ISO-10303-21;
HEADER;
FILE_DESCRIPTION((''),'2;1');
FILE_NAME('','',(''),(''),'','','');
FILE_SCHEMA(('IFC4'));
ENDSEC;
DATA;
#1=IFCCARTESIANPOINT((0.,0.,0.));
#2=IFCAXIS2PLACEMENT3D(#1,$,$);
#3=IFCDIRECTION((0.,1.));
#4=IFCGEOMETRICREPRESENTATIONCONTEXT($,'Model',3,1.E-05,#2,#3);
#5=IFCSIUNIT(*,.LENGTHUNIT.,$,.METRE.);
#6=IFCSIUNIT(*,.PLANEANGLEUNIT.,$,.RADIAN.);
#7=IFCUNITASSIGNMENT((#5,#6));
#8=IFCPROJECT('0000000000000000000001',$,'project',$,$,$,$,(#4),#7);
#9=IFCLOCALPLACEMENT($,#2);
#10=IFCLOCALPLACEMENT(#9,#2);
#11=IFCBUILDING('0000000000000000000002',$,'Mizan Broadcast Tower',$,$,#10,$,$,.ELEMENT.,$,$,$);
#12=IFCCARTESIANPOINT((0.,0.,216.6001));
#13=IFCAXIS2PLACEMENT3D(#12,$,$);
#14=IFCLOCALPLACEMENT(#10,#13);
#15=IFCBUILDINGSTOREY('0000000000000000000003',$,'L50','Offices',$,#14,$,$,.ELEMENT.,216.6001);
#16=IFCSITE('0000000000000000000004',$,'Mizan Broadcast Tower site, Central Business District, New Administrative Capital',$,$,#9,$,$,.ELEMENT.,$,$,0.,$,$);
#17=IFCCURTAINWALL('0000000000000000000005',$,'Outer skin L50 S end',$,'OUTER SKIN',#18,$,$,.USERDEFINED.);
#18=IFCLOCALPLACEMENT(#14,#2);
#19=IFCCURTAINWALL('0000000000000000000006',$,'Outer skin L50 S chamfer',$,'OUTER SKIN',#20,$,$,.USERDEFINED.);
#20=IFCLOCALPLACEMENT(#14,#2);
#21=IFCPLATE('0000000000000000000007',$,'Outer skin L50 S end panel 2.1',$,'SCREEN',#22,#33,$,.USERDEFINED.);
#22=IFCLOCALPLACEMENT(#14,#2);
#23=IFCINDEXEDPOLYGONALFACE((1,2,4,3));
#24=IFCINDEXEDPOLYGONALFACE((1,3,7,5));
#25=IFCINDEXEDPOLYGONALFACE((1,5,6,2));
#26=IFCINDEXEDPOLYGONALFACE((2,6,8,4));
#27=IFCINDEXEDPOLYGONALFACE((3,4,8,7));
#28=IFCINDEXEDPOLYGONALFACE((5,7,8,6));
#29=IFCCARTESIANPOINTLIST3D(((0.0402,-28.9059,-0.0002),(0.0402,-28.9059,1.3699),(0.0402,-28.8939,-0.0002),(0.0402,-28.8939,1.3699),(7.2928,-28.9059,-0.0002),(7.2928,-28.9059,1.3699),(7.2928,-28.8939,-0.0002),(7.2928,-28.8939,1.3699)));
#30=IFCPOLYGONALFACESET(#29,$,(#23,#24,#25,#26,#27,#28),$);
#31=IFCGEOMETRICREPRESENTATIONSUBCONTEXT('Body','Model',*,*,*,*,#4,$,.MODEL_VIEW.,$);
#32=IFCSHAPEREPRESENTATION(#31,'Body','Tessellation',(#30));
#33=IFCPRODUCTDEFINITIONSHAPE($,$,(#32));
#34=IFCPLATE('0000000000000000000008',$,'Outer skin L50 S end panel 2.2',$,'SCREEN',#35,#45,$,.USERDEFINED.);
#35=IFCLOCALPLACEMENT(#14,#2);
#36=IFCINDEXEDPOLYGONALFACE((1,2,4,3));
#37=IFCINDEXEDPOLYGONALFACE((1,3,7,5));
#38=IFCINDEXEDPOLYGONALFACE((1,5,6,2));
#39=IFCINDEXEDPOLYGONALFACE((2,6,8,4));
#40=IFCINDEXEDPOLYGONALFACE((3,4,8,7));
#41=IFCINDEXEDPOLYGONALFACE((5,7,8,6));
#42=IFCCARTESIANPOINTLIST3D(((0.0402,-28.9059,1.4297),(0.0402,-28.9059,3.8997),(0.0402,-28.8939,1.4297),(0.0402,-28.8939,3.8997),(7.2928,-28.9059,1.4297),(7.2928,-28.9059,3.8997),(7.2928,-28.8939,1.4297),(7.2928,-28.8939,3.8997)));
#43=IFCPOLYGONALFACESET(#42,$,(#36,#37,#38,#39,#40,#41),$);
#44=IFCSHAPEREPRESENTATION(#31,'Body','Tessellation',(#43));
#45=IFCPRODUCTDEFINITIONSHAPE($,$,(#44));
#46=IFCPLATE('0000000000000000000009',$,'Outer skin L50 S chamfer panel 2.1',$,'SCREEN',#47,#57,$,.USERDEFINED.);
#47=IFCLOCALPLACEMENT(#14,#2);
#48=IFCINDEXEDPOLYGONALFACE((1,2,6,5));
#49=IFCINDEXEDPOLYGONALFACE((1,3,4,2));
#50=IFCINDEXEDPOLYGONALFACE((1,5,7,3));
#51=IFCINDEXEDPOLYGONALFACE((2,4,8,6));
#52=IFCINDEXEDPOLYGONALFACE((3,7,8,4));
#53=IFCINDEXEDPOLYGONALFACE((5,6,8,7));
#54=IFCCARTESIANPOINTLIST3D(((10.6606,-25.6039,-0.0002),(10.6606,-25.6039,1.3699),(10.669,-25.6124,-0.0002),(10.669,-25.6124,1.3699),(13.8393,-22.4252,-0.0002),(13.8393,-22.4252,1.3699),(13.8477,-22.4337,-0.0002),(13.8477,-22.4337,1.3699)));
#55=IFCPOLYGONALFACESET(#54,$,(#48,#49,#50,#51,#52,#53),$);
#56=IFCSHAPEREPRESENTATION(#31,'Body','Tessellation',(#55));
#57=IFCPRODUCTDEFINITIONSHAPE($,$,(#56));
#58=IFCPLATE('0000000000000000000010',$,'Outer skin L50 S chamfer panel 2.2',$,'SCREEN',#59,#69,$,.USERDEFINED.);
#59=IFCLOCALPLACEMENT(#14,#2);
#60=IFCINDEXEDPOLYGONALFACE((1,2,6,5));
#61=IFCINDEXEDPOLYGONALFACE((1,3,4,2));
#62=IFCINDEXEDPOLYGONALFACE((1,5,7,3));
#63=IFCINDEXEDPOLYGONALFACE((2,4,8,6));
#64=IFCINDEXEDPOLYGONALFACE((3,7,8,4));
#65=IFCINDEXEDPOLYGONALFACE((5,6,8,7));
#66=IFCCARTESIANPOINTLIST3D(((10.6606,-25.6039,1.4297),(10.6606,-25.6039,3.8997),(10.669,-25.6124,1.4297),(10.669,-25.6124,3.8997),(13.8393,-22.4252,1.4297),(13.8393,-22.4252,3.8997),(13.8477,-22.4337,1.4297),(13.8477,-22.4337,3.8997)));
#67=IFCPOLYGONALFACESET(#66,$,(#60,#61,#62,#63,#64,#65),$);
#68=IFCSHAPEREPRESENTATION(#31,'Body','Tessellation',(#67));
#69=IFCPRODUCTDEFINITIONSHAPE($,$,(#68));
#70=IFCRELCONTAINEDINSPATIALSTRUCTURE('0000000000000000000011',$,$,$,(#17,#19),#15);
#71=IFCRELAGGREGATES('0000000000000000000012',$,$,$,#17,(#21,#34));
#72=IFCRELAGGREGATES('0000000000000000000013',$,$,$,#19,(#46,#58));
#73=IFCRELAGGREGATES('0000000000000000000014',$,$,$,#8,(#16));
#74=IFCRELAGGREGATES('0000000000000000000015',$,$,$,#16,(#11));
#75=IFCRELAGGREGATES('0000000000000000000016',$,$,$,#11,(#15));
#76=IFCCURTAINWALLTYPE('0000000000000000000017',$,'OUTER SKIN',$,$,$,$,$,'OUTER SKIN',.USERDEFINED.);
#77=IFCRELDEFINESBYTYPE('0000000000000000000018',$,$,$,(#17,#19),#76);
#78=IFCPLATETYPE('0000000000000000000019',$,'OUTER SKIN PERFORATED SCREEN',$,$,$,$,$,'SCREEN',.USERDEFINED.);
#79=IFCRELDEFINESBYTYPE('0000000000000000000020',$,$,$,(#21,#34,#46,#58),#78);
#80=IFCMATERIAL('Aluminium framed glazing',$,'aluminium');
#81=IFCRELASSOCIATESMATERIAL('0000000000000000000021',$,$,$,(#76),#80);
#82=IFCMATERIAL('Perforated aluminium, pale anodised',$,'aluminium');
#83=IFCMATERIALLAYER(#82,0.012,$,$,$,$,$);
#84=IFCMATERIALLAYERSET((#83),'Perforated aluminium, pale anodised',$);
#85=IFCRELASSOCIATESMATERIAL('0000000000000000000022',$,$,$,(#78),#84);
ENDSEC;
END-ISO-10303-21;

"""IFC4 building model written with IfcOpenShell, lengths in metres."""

from ifc_helpers import new_model, si_unit, direction, frame, origin, origin_2d, place, context, subcontext, project, spatial, rectangle, extrude, material, layer, layer_set, type_object, element, aggregate, save


model = new_model("IFC4")

# Units and contexts
model_context = context("Model", 3, precision=1e-05, world=origin(), true_north=direction((0.0, 1.0)))
body_context = subcontext(model_context, "Body", "Model", "MODEL_VIEW")
ifc_project = project(units=[si_unit("LENGTHUNIT", "METRE"), si_unit("PLANEANGLEUNIT", "RADIAN")], contexts=[model_context])

# Site, building, storey
site_placement = place(None, origin())
site = spatial("IfcSite", under=ifc_project, at=site_placement, Name="Mizan Broadcast Tower site, Central Business District, New Administrative Capital", CompositionType="ELEMENT", RefElevation=0.0)
building_placement = place(site_placement, origin())
building = spatial("IfcBuilding", under=site, at=building_placement, Name="Mizan Broadcast Tower", CompositionType="ELEMENT")
storey_placement = place(building_placement, frame((0.0, 0.0, 216.6001)))
storey = spatial("IfcBuildingStorey", under=building, at=storey_placement, Name="L50", Description="Offices", CompositionType="ELEMENT", Elevation=216.6001)

# Curtain wall
ifc_material_1 = material(Name="Aluminium framed glazing", Category="aluminium")
curtain_wall_type_1 = type_object("IfcCurtainWallType", Name="OUTER SKIN", ElementType="OUTER SKIN", PredefinedType="USERDEFINED", material=ifc_material_1)
curtain_wall_1_placement = place(storey_placement, origin())
curtain_wall_1 = element("IfcCurtainWall", 1, at=curtain_wall_1_placement, inside=storey, type_object=curtain_wall_type_1, Name="Outer skin L50 S end", ObjectType="OUTER SKIN", PredefinedType="USERDEFINED")

# Curtain wall
curtain_wall_2_placement = place(storey_placement, origin())
curtain_wall_2 = element("IfcCurtainWall", 2, at=curtain_wall_2_placement, inside=storey, type_object=curtain_wall_type_1, Name="Outer skin L50 S chamfer", ObjectType="OUTER SKIN", PredefinedType="USERDEFINED")

# Plates
ifc_material_2 = material(Name="Perforated aluminium, pale anodised", Category="aluminium")
ifc_layer_1 = layer(ifc_material_2, 0.012)
ifc_layer_set_1 = layer_set([ifc_layer_1], Name="Perforated aluminium, pale anodised")
plate_type_1 = type_object("IfcPlateType", Name="OUTER SKIN PERFORATED SCREEN", ElementType="SCREEN", PredefinedType="USERDEFINED", material=ifc_layer_set_1)
plate_1_placement = place(storey_placement, frame((3.6665, -28.8999, -0.0002), z_axis=(0.0, 0.0, 1.0), x_axis=(1.0, 0.0, 0.0)))
plate_1 = element("IfcPlate", 3, at=plate_1_placement, type_object=plate_type_1, Name="Outer skin L50 S end panel 2.1", ObjectType="SCREEN", PredefinedType="USERDEFINED", context=body_context, shape_type="SweptSolid", body=[
    extrude(rectangle(XDim=7.2527, YDim=0.012, at=origin_2d()), origin(), (0.0, 0.0, 1.0), 1.3701),
])
plate_2_placement = place(storey_placement, frame((3.6665, -28.8999, 1.4297), z_axis=(0.0, 0.0, 1.0), x_axis=(1.0, 0.0, 0.0)))
plate_2 = element("IfcPlate", 4, at=plate_2_placement, type_object=plate_type_1, Name="Outer skin L50 S end panel 2.2", ObjectType="SCREEN", PredefinedType="USERDEFINED", context=body_context, shape_type="SweptSolid", body=[
    extrude(rectangle(XDim=7.2527, YDim=0.012, at=origin_2d()), origin(), (0.0, 0.0, 1.0), 2.47),
])
aggregate(curtain_wall_1, [plate_1, plate_2])
plate_3_placement = place(storey_placement, frame((12.2542, -24.0188, -0.0002), z_axis=(0.0, 0.0, 1.0), x_axis=(0.707107, 0.707107, 0.0)))
plate_3 = element("IfcPlate", 5, at=plate_3_placement, type_object=plate_type_1, Name="Outer skin L50 S chamfer panel 2.1", ObjectType="SCREEN", PredefinedType="USERDEFINED", context=body_context, shape_type="SweptSolid", body=[
    extrude(rectangle(XDim=4.4954, YDim=0.012, at=origin_2d()), origin(), (0.0, 0.0, 1.0), 1.3701),
])
plate_4_placement = place(storey_placement, frame((12.2542, -24.0188, 1.4297), z_axis=(0.0, 0.0, 1.0), x_axis=(0.707107, 0.707107, 0.0)))
plate_4 = element("IfcPlate", 6, at=plate_4_placement, type_object=plate_type_1, Name="Outer skin L50 S chamfer panel 2.2", ObjectType="SCREEN", PredefinedType="USERDEFINED", context=body_context, shape_type="SweptSolid", body=[
    extrude(rectangle(XDim=4.4954, YDim=0.012, at=origin_2d()), origin(), (0.0, 0.0, 1.0), 2.47),
])
aggregate(curtain_wall_2, [plate_3, plate_4])

save(model, "model.ifc")
